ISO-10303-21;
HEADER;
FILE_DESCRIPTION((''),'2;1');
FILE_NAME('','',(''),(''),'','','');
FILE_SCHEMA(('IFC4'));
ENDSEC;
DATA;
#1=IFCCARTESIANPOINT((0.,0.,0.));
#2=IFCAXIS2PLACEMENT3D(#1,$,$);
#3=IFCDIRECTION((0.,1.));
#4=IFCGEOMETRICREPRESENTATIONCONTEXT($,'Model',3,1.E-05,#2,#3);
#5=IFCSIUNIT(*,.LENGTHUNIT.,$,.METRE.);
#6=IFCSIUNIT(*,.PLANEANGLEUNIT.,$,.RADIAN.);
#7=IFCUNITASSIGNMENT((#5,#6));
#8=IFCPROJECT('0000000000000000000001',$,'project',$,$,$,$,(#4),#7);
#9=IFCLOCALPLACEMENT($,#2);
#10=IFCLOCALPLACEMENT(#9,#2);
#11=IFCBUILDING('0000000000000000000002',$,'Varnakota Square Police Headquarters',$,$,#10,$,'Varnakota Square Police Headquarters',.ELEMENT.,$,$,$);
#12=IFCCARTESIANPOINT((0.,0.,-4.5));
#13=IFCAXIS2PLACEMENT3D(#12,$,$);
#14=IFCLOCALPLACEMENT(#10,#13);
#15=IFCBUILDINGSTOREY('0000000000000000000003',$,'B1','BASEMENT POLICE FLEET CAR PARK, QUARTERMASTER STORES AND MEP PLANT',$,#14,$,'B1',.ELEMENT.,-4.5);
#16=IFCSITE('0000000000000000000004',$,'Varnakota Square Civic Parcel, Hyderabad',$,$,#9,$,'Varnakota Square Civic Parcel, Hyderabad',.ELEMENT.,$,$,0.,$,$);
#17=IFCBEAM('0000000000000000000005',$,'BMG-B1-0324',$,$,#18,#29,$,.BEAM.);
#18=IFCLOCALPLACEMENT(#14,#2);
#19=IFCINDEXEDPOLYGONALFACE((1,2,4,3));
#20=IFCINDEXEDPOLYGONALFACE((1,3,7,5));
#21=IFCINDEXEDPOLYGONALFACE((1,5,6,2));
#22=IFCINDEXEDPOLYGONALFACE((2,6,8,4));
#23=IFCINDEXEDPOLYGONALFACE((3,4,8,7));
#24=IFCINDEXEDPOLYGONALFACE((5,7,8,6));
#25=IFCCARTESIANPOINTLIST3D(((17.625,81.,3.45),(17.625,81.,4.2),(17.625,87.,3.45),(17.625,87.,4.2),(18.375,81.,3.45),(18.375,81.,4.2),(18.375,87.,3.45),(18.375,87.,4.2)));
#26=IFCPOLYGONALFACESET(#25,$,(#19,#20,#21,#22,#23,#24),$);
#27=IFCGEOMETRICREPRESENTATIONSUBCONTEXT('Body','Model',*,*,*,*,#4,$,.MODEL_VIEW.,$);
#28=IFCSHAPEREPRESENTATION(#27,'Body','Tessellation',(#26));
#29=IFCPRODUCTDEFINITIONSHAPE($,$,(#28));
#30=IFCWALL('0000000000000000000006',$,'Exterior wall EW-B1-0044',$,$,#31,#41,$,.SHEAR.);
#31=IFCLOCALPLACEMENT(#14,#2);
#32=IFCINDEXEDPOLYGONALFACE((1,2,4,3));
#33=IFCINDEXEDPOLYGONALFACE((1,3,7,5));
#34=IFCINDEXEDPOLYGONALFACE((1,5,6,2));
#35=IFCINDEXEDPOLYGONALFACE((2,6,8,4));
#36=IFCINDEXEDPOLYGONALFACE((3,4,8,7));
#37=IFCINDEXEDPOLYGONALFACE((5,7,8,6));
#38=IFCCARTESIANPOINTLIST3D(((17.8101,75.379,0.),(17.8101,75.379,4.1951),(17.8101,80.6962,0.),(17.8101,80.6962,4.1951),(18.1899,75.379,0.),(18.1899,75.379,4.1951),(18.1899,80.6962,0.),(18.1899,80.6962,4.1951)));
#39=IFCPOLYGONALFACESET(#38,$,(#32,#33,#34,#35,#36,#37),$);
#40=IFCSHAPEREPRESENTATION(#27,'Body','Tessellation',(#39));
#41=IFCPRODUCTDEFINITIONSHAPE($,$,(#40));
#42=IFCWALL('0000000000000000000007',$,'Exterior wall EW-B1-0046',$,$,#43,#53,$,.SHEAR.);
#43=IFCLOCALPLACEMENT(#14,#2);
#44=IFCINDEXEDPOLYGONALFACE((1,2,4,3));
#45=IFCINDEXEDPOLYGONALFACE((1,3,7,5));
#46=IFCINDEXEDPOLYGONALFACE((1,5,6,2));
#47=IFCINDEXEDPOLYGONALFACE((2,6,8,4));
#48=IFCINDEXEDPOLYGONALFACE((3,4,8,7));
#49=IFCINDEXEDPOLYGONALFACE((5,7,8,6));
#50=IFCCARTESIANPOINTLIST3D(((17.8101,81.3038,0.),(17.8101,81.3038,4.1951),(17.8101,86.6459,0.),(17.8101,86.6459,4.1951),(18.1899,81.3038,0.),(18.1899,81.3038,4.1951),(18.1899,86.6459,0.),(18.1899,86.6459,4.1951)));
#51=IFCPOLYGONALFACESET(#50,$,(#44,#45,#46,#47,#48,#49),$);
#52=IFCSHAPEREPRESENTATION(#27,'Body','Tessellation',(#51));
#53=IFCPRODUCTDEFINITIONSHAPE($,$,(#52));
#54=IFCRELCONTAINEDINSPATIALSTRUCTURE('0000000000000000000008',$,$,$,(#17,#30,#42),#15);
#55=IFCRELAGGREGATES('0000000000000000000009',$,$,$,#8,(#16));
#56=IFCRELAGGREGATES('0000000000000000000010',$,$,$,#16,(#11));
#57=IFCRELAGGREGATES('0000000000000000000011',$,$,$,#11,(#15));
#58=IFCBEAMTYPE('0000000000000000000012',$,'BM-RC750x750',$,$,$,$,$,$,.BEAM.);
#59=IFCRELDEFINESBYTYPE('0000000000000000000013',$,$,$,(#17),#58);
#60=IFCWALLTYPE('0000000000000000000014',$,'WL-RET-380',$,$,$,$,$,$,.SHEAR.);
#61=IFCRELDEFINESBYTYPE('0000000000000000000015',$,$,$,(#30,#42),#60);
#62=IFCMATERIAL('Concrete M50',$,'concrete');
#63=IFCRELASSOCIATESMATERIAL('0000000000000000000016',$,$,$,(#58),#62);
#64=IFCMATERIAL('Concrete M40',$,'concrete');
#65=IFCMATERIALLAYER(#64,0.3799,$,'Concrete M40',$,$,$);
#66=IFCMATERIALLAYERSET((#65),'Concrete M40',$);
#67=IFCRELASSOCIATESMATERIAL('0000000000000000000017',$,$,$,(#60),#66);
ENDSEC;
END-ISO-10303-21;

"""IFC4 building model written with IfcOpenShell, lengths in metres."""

from ifc_helpers import new_model, si_unit, direction, frame, frame_2d, origin, origin_2d, place, context, subcontext, project, spatial, rectangle, extrude, material, layer, layer_set, material_profile, profile_set, type_object, element, save


model = new_model("IFC4")

# Units and contexts
model_context = context("Model", 3, precision=1e-05, world=origin(), true_north=direction((0.0, 1.0)))
body_context = subcontext(model_context, "Body", "Model", "MODEL_VIEW")
ifc_project = project(units=[si_unit("LENGTHUNIT", "METRE"), si_unit("PLANEANGLEUNIT", "RADIAN")], contexts=[model_context])

# Site, building, storey
site_placement = place(None, origin())
site = spatial("IfcSite", under=ifc_project, at=site_placement, Name="Varnakota Square Civic Parcel, Hyderabad", LongName="Varnakota Square Civic Parcel, Hyderabad", CompositionType="ELEMENT", RefElevation=0.0)
building_placement = place(site_placement, origin())
building = spatial("IfcBuilding", under=site, at=building_placement, Name="Varnakota Square Police Headquarters", LongName="Varnakota Square Police Headquarters", CompositionType="ELEMENT")
storey_placement = place(building_placement, frame((0.0, 0.0, -4.5)))
storey = spatial("IfcBuildingStorey", under=building, at=storey_placement, Name="B1", Description="BASEMENT POLICE FLEET CAR PARK, QUARTERMASTER STORES AND MEP PLANT", LongName="B1", CompositionType="ELEMENT", Elevation=-4.5)

# Shared definitions
ifc_material_1 = material(Name="Concrete M40", Category="concrete")

# Shared definitions
ifc_material_2 = material(Name="Concrete M50", Category="concrete")

# Beam
ifc_material_profile_1 = material_profile(ifc_material_2, rectangle(XDim=0.75, YDim=0.75, at=origin_2d()), Name="RC 750x750")
ifc_profile_set_1 = profile_set([ifc_material_profile_1], Name="Concrete M50")
beam_type_1 = type_object("IfcBeamType", Name="BM-RC750x750", PredefinedType="BEAM", material=ifc_profile_set_1)
for number, where, z_axis, x_axis, name in (
    (1, (18.0, 81.0, 3.825), (0.0, 1.0, 0.0), (-1.0, 0.0, 0.0), "BMG-B1-0324"),
):
    element("IfcBeam", number, at=place(storey_placement, frame(where, z_axis=z_axis, x_axis=x_axis)), inside=storey, type_object=beam_type_1, Name=name, PredefinedType="BEAM", context=body_context, shape_type="SweptSolid", body=[
        extrude(rectangle(XDim=0.75, YDim=0.75, at=origin_2d()), origin(), (0.0, 0.0, 1.0), 6.0),
    ])

# Walls
ifc_layer = layer(ifc_material_1, 0.3799, Name="Concrete M40")
ifc_layer_set = layer_set([ifc_layer], Name="Concrete M40")
wall_type = type_object("IfcWallType", Name="WL-RET-380", PredefinedType="SHEAR", material=ifc_layer_set)
wall_1_placement = place(storey_placement, frame((18.0, 75.3789, 0.0), z_axis=(0.0, 0.0, 1.0), x_axis=(0.0, 1.0, 0.0)))
element("IfcWall", 2, at=wall_1_placement, inside=storey, type_object=wall_type, Name="Exterior wall EW-B1-0044", PredefinedType="SHEAR", context=body_context, shape_type="SweptSolid", body=[
    extrude(rectangle(XDim=5.3171, YDim=0.3799, at=frame_2d((2.6587, 0.0))), origin(), (0.0, 0.0, 1.0), 4.1951),
])
wall_2_placement = place(storey_placement, frame((18.0, 81.304, 0.0), z_axis=(0.0, 0.0, 1.0), x_axis=(0.0, 1.0, 0.0)))
element("IfcWall", 3, at=wall_2_placement, inside=storey, type_object=wall_type, Name="Exterior wall EW-B1-0046", PredefinedType="SHEAR", context=body_context, shape_type="SweptSolid", body=[
    extrude(rectangle(XDim=5.342, YDim=0.3799, at=frame_2d((2.6709, 0.0))), origin(), (0.0, 0.0, 1.0), 4.1951),
])

save(model, "model.ifc")
